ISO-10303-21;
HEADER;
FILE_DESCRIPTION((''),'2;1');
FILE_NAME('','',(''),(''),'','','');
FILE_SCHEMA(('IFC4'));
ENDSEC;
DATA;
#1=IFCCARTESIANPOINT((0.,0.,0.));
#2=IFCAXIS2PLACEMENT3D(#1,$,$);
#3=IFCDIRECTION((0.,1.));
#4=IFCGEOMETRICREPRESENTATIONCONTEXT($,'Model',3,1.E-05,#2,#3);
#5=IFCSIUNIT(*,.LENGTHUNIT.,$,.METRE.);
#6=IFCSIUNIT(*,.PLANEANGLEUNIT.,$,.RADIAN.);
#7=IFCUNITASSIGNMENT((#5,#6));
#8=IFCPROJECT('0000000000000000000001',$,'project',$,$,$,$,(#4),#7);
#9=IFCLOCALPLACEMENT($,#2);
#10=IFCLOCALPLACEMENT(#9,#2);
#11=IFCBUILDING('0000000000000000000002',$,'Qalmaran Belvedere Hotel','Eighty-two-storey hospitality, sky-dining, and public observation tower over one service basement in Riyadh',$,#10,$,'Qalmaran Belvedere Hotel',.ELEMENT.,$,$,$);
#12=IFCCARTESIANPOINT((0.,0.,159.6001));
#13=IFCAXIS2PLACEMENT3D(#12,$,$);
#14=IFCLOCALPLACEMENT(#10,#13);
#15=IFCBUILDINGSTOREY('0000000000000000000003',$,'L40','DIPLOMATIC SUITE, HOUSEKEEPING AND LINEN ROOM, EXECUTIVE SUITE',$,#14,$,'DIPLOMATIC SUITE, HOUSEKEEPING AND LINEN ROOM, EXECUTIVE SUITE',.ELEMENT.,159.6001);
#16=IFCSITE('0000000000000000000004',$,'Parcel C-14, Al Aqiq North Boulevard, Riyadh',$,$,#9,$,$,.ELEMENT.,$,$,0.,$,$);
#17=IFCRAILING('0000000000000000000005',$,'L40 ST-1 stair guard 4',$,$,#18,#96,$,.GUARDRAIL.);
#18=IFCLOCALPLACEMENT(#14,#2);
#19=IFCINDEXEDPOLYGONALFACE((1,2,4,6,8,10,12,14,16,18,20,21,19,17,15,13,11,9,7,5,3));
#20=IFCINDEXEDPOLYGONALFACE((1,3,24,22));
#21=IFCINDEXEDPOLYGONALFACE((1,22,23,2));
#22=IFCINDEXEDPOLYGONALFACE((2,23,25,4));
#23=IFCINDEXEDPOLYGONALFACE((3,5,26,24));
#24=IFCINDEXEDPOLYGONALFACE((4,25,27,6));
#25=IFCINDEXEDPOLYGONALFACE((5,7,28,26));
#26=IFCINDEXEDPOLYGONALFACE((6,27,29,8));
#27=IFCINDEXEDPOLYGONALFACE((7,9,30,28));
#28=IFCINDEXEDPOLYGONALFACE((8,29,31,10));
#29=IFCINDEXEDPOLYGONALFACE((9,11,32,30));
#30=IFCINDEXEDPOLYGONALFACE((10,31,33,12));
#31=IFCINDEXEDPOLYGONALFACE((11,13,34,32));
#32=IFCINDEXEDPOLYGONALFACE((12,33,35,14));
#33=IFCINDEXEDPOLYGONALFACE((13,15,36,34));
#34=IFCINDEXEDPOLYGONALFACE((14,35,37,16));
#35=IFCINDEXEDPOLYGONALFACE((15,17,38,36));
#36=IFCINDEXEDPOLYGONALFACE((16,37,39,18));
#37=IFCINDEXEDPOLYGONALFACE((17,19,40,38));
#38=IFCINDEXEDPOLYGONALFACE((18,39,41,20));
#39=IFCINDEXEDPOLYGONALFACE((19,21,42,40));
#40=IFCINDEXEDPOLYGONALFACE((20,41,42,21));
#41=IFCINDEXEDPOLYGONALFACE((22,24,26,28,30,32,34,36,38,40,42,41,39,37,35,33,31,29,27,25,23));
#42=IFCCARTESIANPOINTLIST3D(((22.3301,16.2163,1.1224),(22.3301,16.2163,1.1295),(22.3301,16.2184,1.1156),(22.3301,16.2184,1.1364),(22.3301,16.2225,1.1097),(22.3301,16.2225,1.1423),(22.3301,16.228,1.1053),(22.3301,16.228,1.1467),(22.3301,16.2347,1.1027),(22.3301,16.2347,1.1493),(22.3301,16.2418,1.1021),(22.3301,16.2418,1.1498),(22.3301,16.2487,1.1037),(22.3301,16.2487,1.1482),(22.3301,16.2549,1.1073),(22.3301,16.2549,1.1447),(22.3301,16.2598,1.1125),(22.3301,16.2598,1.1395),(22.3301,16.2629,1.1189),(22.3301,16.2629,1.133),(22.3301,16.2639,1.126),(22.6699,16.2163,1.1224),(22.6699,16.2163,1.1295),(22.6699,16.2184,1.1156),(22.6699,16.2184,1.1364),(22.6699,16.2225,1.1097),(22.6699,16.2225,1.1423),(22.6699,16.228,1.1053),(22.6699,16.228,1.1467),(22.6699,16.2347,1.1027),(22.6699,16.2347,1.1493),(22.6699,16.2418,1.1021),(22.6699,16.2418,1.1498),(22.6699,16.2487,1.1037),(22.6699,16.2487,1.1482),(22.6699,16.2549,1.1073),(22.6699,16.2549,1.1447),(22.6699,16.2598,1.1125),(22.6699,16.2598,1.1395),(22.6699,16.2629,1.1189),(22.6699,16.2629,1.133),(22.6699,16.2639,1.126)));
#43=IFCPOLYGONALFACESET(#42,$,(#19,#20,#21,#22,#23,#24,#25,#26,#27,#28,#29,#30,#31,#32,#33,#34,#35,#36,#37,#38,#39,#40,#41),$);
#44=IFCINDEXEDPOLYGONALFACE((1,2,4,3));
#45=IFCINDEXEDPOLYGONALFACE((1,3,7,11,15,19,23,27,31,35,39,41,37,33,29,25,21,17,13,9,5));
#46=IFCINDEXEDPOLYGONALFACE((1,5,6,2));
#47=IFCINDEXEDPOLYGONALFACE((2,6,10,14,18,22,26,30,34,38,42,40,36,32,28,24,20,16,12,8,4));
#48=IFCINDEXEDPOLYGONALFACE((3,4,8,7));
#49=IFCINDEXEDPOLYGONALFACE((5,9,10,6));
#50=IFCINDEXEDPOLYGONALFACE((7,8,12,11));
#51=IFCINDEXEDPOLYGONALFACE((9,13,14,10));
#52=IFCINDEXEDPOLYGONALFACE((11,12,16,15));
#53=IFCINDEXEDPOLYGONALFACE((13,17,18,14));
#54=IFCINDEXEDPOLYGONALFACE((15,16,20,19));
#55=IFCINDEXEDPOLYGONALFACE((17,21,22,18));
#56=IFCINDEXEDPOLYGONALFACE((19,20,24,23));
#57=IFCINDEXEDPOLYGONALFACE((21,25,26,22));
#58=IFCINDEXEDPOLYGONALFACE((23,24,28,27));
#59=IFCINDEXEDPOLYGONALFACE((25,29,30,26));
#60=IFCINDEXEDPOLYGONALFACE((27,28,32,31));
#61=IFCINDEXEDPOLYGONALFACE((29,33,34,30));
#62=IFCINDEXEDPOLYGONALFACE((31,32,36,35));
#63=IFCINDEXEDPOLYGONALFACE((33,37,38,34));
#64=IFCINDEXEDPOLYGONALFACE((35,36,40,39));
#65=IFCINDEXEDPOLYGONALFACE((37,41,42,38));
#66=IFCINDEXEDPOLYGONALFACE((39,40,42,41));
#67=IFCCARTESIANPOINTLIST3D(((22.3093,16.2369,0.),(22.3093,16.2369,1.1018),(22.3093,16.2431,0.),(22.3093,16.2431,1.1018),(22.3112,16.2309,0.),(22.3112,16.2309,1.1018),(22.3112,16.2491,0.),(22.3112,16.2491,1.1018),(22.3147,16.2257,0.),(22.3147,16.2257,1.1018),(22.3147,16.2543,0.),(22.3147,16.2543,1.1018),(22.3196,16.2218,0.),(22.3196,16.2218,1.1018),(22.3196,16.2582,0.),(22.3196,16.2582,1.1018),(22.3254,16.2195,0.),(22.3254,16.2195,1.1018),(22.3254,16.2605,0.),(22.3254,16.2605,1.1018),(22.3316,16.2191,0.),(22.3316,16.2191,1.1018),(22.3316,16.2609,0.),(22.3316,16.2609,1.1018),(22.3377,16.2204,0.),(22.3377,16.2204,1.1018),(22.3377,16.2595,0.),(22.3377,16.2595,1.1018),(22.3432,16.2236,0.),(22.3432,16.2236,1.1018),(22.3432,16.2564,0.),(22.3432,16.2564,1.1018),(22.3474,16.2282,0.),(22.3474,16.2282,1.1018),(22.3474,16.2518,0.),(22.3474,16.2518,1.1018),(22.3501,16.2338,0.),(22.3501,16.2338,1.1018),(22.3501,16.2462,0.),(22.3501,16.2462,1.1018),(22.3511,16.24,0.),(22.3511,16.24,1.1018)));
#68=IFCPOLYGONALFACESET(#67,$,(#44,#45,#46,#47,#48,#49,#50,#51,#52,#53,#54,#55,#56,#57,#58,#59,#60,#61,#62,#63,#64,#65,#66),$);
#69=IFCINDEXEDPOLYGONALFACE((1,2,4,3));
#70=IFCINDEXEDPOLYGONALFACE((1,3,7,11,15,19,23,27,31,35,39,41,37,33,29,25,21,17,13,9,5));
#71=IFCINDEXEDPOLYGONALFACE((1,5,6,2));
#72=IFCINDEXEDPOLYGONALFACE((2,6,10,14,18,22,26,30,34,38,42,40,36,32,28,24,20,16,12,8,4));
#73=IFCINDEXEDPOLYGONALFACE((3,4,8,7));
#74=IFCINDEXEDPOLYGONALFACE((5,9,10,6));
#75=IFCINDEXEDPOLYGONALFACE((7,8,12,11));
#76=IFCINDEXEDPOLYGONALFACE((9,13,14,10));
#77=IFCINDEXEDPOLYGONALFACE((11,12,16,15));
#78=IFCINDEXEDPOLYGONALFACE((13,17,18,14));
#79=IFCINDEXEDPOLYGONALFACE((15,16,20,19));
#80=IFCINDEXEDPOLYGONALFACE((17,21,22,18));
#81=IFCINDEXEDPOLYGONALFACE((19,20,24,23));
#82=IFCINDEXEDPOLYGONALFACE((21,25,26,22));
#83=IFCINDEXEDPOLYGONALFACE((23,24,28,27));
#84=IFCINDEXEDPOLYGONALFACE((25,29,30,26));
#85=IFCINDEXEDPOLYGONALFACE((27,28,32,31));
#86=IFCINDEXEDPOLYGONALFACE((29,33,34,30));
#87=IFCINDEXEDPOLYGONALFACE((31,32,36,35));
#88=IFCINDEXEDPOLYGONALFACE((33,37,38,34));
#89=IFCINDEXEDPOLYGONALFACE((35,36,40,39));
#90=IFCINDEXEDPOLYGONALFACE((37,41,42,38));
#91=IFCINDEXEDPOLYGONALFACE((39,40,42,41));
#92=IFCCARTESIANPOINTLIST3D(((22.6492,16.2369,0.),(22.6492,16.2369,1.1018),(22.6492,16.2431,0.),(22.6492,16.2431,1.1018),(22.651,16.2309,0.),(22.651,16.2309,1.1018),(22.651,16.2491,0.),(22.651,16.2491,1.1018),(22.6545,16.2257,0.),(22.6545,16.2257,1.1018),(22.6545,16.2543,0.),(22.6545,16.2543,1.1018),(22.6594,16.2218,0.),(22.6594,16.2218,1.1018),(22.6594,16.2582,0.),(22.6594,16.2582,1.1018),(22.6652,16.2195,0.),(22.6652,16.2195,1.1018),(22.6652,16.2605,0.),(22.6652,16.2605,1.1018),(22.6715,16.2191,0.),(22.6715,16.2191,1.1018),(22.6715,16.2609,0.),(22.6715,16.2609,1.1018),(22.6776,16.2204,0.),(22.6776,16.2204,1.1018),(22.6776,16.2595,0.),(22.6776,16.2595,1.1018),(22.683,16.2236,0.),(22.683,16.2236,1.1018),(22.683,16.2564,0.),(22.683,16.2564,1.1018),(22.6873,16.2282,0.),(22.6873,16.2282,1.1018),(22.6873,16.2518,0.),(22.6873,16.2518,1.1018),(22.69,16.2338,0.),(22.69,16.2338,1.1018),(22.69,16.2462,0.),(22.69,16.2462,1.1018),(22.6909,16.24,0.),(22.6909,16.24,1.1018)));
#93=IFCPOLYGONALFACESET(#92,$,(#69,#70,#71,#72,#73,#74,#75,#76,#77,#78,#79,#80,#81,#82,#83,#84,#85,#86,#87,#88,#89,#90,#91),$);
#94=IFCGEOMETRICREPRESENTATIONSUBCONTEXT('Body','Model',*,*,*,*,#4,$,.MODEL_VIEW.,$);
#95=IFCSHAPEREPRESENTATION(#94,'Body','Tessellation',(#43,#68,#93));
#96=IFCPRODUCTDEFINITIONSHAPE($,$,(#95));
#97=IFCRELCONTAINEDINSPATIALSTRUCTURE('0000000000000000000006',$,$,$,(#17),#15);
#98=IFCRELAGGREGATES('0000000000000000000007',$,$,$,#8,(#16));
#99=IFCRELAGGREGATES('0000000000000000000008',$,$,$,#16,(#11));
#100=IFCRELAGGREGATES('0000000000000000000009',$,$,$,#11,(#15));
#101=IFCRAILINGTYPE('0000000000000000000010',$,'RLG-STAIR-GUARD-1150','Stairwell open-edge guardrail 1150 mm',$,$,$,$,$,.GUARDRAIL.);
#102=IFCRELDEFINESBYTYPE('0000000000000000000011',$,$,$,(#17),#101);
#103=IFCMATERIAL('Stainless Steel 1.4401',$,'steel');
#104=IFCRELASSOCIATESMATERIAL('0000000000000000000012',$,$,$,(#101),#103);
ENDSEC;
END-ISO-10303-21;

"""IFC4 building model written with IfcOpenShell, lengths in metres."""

from ifc_helpers import new_model, si_unit, direction, frame, origin, origin_2d, place, context, subcontext, project, spatial, circle, extrude, material, type_object, element, save


model = new_model("IFC4")

# Units and contexts
model_context = context("Model", 3, precision=1e-05, world=origin(), true_north=direction((0.0, 1.0)))
body_context = subcontext(model_context, "Body", "Model", "MODEL_VIEW")
ifc_project = project(units=[si_unit("LENGTHUNIT", "METRE"), si_unit("PLANEANGLEUNIT", "RADIAN")], contexts=[model_context])

# Site, building, storey
site_placement = place(None, origin())
site = spatial("IfcSite", under=ifc_project, at=site_placement, Name="Parcel C-14, Al Aqiq North Boulevard, Riyadh", CompositionType="ELEMENT", RefElevation=0.0)
building_placement = place(site_placement, origin())
building = spatial("IfcBuilding", under=site, at=building_placement, Name="Qalmaran Belvedere Hotel", Description="Eighty-two-storey hospitality, sky-dining, and public observation tower over one service basement in Riyadh", LongName="Qalmaran Belvedere Hotel", CompositionType="ELEMENT")
storey_placement = place(building_placement, frame((0.0, 0.0, 159.6001)))
storey = spatial("IfcBuildingStorey", under=building, at=storey_placement, Name="L40", Description="DIPLOMATIC SUITE, HOUSEKEEPING AND LINEN ROOM, EXECUTIVE SUITE", LongName="DIPLOMATIC SUITE, HOUSEKEEPING AND LINEN ROOM, EXECUTIVE SUITE", CompositionType="ELEMENT", Elevation=159.6001)

# Shared definitions
ifc_material_1 = material(Name="Stainless Steel 1.4401", Category="steel")

# Railing
railing_type_1 = type_object("IfcRailingType", Name="RLG-STAIR-GUARD-1150", Description="Stairwell open-edge guardrail 1150 mm", PredefinedType="GUARDRAIL", material=ifc_material_1)
railing_1_placement = place(storey_placement, frame((22.3301, 16.24, 0.0)))
element("IfcRailing", 1, at=railing_1_placement, inside=storey, type_object=railing_type_1, Name="L40 ST-1 stair guard 4", PredefinedType="GUARDRAIL", context=body_context, shape_type="SweptSolid", body=[
    extrude(circle(Radius=0.0239, at=origin_2d()), frame((0.0, 0.0, 1.126), z_axis=(1.0, 0.0, 0.0), x_axis=(0.0, 1.0, 0.0)), (0.0, 0.0, 1.0), 0.3398),
    extrude(circle(Radius=0.021, at=origin_2d()), origin(), (0.0, 0.0, 1.0), 1.1018),
    extrude(circle(Radius=0.021, at=origin_2d()), frame((0.3398, 0.0, 0.0)), (0.0, 0.0, 1.0), 1.1018),
])

save(model, "model.ifc")
